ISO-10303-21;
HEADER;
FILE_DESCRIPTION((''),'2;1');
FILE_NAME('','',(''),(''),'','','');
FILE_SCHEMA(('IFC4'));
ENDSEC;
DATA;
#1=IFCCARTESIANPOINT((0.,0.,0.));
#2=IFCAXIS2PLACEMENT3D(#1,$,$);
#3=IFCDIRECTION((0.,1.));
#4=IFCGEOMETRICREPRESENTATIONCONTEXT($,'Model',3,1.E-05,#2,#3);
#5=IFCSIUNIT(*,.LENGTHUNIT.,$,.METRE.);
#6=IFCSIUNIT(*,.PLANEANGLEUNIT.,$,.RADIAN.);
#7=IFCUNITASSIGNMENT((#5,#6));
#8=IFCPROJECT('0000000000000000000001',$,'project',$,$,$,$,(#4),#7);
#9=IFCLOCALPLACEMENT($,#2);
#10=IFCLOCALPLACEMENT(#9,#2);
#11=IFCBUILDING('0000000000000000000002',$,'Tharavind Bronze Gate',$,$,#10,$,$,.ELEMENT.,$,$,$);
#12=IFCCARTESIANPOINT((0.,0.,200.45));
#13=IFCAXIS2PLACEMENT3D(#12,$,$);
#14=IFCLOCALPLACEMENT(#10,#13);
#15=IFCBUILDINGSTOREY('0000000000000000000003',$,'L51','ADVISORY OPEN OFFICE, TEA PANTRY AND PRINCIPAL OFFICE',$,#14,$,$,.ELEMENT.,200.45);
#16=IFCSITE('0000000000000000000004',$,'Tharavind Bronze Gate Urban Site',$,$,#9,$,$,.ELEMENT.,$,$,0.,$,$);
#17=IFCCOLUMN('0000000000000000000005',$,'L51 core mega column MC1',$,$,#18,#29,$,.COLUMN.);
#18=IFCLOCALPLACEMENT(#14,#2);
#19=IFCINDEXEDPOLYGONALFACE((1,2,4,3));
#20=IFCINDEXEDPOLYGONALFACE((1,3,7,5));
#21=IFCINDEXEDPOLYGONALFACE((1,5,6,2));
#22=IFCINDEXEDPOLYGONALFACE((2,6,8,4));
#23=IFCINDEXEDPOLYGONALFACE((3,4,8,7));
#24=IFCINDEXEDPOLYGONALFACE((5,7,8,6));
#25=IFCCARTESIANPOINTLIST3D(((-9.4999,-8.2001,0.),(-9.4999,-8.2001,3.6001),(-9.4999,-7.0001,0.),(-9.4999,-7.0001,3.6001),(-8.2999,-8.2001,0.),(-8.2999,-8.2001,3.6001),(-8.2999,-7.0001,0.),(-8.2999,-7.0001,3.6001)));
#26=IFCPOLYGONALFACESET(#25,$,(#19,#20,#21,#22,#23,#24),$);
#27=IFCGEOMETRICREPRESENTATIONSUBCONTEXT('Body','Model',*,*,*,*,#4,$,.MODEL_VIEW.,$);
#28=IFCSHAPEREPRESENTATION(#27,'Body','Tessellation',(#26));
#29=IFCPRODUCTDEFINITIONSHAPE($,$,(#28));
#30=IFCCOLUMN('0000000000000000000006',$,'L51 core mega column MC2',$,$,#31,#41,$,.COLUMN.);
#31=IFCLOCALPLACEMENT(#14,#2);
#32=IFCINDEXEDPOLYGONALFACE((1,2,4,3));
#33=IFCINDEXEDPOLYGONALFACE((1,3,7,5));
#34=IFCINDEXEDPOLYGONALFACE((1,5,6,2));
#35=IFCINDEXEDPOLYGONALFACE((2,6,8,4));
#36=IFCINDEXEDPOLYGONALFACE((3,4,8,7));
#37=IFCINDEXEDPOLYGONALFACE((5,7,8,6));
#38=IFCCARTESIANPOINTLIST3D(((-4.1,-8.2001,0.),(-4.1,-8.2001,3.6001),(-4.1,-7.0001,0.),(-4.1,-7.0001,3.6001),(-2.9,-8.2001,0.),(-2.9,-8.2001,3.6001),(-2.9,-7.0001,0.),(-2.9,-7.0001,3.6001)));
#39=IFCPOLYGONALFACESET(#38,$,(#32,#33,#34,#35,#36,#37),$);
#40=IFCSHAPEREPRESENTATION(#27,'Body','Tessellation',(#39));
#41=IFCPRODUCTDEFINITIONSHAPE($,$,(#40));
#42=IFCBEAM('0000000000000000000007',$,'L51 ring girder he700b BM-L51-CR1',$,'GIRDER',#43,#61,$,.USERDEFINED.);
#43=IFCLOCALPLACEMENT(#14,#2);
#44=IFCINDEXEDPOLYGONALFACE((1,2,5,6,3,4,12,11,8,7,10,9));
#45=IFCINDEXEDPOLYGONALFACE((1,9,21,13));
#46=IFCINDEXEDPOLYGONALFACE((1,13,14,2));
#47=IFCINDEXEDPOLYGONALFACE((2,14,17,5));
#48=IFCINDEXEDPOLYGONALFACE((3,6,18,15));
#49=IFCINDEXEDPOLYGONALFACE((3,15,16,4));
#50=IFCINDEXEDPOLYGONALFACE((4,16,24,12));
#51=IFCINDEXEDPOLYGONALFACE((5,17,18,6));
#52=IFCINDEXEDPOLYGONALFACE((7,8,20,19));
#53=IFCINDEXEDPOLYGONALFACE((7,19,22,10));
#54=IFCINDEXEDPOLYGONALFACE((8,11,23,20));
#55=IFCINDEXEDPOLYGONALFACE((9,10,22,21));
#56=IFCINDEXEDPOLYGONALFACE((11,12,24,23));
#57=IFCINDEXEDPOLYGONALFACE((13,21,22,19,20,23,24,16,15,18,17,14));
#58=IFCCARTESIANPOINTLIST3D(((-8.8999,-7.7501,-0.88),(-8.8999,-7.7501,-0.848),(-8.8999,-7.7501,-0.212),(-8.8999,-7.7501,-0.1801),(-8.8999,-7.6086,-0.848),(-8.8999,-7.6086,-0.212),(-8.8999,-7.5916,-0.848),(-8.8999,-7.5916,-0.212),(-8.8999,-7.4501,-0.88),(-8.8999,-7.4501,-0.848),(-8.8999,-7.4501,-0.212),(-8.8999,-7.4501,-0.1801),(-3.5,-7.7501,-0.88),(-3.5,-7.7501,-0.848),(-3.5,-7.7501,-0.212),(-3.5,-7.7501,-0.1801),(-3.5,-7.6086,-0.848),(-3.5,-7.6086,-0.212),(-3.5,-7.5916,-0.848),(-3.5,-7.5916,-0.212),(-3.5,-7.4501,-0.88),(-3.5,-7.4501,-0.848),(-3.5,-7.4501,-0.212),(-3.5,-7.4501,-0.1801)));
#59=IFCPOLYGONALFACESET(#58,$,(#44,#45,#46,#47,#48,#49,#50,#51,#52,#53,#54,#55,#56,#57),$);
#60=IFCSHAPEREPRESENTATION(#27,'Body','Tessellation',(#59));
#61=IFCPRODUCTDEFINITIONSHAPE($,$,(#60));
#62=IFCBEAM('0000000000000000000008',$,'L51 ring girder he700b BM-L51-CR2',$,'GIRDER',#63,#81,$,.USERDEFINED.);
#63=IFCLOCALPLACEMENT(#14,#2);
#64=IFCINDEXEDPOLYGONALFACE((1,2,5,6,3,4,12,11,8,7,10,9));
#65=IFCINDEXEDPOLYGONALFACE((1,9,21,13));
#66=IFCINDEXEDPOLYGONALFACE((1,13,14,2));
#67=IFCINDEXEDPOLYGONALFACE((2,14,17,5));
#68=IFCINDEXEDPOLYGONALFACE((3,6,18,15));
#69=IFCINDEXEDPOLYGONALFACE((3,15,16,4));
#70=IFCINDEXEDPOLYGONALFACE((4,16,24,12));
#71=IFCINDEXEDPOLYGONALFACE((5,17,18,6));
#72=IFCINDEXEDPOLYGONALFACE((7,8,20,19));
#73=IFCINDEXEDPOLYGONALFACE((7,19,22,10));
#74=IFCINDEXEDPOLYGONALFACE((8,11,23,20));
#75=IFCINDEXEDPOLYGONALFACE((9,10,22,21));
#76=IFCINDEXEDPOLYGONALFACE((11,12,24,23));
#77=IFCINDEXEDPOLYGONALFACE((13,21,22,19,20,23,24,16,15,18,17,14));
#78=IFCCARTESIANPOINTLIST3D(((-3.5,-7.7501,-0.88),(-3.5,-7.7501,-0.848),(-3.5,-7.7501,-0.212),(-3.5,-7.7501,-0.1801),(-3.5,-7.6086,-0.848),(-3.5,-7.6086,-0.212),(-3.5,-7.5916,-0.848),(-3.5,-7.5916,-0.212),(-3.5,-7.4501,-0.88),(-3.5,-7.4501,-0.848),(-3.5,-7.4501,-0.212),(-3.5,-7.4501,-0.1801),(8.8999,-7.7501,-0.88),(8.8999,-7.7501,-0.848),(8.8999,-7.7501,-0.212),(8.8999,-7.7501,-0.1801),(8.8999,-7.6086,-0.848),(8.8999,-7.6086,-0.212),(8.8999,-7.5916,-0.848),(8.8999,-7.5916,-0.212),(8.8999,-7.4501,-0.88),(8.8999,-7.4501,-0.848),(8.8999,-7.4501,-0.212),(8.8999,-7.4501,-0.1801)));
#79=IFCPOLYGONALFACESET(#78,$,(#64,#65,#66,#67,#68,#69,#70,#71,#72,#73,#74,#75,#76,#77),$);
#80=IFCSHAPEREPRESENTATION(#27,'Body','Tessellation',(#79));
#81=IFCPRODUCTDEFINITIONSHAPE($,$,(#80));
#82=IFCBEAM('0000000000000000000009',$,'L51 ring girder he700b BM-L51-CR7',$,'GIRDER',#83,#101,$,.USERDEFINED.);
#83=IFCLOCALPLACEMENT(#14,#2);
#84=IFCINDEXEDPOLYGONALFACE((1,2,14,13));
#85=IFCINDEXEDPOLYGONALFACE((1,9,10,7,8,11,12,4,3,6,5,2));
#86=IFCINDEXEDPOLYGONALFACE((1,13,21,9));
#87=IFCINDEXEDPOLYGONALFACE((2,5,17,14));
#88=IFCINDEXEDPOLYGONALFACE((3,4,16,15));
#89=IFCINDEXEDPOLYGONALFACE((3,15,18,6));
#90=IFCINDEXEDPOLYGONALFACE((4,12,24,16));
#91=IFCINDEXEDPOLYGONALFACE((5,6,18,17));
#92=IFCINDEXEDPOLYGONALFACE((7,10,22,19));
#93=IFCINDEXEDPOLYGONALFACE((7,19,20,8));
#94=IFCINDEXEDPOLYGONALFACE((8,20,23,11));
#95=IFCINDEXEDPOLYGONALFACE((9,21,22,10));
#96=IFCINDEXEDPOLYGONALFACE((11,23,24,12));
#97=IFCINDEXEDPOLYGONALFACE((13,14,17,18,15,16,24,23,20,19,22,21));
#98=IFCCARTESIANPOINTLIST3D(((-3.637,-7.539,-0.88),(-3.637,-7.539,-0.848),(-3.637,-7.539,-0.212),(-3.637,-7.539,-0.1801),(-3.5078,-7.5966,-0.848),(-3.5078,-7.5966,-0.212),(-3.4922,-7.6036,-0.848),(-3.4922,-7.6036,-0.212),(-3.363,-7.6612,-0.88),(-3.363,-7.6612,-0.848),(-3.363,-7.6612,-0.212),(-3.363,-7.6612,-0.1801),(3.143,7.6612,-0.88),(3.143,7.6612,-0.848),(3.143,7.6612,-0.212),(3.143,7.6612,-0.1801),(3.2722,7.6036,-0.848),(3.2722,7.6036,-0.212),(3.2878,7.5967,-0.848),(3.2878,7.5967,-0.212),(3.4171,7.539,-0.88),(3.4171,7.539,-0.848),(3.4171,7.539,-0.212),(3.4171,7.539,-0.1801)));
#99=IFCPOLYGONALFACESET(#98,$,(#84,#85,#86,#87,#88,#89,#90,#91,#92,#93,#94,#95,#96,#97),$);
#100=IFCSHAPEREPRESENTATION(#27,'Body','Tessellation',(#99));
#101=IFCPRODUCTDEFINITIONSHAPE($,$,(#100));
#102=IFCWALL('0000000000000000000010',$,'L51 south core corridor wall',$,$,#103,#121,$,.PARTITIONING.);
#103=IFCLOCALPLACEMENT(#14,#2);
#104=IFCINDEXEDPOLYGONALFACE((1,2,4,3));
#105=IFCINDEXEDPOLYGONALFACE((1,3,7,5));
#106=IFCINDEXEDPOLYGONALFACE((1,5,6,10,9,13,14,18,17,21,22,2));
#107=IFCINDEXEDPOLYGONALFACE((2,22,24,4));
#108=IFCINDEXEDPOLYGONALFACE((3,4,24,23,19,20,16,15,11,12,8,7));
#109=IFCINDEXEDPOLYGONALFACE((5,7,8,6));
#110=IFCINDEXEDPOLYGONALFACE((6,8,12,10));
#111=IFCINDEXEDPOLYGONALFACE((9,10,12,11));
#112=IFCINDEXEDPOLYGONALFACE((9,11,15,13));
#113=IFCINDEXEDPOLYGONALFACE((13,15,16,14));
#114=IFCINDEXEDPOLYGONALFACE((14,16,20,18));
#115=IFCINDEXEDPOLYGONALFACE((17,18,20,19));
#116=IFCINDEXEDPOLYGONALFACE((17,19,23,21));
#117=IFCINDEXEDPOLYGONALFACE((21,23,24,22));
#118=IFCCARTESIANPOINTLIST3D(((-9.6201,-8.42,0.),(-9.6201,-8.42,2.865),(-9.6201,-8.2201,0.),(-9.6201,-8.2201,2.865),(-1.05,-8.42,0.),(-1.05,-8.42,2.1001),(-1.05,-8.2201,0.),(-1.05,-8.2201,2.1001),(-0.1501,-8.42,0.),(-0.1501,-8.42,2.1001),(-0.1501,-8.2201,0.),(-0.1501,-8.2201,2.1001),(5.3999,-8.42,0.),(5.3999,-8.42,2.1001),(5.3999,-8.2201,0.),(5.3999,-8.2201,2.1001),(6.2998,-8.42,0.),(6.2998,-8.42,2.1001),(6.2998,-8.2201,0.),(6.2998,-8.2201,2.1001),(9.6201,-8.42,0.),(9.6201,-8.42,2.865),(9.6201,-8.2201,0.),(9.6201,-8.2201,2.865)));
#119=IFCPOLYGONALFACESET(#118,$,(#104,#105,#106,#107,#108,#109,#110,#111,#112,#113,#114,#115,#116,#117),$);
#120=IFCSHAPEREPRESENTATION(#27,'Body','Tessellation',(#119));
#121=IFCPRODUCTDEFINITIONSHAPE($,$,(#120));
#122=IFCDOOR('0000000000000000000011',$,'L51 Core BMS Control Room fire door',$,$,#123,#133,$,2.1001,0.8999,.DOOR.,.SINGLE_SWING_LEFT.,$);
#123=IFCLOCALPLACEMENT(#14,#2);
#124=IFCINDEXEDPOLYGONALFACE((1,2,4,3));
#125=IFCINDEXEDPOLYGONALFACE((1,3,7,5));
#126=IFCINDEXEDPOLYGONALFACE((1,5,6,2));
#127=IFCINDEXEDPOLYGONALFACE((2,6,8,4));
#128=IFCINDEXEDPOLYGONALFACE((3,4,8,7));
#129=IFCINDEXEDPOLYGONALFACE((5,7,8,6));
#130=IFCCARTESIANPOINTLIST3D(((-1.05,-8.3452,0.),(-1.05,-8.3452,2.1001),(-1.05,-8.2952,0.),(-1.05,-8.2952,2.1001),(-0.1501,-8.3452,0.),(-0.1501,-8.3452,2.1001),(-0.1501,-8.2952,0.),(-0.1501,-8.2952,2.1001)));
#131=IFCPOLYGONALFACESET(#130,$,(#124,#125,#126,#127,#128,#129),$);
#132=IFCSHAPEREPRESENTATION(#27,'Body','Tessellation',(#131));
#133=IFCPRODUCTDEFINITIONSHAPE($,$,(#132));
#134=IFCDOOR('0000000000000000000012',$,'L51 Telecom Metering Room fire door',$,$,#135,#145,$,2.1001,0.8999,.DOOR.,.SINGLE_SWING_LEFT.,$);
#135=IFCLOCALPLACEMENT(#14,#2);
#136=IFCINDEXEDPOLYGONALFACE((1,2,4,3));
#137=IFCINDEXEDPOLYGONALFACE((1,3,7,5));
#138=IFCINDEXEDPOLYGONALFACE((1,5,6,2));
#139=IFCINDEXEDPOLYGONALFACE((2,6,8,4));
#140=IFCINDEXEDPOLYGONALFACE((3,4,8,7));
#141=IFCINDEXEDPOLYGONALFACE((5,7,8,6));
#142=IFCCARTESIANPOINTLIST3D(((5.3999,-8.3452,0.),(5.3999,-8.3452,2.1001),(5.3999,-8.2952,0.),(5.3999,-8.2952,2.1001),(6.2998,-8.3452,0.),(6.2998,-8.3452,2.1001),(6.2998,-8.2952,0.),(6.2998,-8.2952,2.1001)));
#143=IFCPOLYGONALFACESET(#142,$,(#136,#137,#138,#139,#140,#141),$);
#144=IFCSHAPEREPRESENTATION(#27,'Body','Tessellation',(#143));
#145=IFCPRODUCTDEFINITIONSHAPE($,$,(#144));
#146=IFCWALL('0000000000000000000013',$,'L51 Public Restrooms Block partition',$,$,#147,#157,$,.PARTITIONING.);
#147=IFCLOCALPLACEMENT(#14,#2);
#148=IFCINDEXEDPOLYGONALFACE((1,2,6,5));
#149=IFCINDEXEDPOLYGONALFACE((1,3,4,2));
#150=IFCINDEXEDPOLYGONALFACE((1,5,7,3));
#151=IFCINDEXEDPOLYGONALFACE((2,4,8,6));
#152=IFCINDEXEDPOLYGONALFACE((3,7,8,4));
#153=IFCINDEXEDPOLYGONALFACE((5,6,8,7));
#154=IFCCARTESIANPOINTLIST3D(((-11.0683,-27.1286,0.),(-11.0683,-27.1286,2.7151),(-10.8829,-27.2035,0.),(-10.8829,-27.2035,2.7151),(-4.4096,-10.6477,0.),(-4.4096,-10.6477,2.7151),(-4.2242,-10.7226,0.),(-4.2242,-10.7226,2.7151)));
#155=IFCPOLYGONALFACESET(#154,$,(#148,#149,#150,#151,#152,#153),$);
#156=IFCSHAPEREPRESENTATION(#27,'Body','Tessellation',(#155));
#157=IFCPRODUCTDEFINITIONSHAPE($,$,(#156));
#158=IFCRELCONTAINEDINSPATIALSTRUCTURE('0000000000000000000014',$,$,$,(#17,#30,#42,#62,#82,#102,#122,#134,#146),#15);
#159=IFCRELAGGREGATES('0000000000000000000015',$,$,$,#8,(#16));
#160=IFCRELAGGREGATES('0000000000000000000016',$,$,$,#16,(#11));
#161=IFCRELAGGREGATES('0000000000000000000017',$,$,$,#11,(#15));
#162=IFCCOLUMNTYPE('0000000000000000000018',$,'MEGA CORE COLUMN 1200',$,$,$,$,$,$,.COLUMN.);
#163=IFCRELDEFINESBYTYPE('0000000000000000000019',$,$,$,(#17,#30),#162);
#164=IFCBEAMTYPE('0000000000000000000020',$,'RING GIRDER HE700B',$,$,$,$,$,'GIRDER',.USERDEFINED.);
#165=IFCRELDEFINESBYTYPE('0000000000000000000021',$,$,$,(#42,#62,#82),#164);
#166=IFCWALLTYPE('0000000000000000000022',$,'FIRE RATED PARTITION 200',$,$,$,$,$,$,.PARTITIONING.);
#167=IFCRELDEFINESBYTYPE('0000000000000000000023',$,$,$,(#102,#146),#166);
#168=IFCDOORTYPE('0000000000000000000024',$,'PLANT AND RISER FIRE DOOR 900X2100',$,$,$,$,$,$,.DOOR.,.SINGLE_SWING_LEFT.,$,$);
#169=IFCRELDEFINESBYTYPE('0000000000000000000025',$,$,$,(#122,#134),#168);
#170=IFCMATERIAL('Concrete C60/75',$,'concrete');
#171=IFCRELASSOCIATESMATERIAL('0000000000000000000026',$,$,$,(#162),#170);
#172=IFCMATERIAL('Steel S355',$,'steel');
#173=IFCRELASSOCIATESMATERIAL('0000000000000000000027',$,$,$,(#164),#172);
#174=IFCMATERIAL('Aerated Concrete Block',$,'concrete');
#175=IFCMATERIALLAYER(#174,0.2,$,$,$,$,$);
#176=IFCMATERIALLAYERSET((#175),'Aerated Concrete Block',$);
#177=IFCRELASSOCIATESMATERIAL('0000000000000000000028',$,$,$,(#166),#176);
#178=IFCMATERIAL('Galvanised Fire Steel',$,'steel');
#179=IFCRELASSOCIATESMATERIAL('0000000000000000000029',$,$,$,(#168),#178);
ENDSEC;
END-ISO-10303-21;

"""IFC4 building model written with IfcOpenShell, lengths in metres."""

from ifc_helpers import new_model, si_unit, direction, frame, frame_2d, origin, origin_2d, place, context, subcontext, project, spatial, rectangle, i_section, extrude, material, layer, layer_set, material_profile, profile_set, type_object, element, fill, save


model = new_model("IFC4")

# Units and contexts
model_context = context("Model", 3, precision=1e-05, world=origin(), true_north=direction((0.0, 1.0)))
body_context = subcontext(model_context, "Body", "Model", "MODEL_VIEW")
ifc_project = project(units=[si_unit("LENGTHUNIT", "METRE"), si_unit("PLANEANGLEUNIT", "RADIAN")], contexts=[model_context])

# Site, building, storey
site_placement = place(None, origin())
site = spatial("IfcSite", under=ifc_project, at=site_placement, Name="Tharavind Bronze Gate Urban Site", CompositionType="ELEMENT", RefElevation=0.0)
building_placement = place(site_placement, origin())
building = spatial("IfcBuilding", under=site, at=building_placement, Name="Tharavind Bronze Gate", CompositionType="ELEMENT")
storey_placement = place(building_placement, frame((0.0, 0.0, 200.45)))
storey = spatial("IfcBuildingStorey", under=building, at=storey_placement, Name="L51", Description="ADVISORY OPEN OFFICE, TEA PANTRY AND PRINCIPAL OFFICE", CompositionType="ELEMENT", Elevation=200.45)

# Columns
ifc_material_1 = material(Name="Concrete C60/75", Category="concrete")
ifc_material_profile_1 = material_profile(ifc_material_1, rectangle(XDim=1.2, YDim=1.2, at=origin_2d()), Name="RCCOL1200")
ifc_profile_set_1 = profile_set([ifc_material_profile_1], Name="Concrete C60/75")
column_type = type_object("IfcColumnType", Name="MEGA CORE COLUMN 1200", PredefinedType="COLUMN", material=ifc_profile_set_1)
for number, where, z_axis, x_axis, name in (
    (1, (-8.8999, -7.6001, 0.0), (0.0, 0.0, 1.0), (1.0, 0.0, 0.0), "L51 core mega column MC1"),
    (2, (-3.5, -7.6001, 0.0), (0.0, 0.0, 1.0), (1.0, 0.0, 0.0), "L51 core mega column MC2"),
):
    element("IfcColumn", number, at=place(storey_placement, frame(where, z_axis=z_axis, x_axis=x_axis)), inside=storey, type_object=column_type, Name=name, PredefinedType="COLUMN", context=body_context, shape_type="SweptSolid", body=[
        extrude(rectangle(XDim=1.2, YDim=1.2, at=origin_2d()), origin(), (0.0, 0.0, 1.0), 3.6001),
    ])

# Beams
ifc_material_2 = material(Name="Steel S355", Category="steel")
ifc_material_profile_2 = material_profile(ifc_material_2, i_section(OverallWidth=0.3, OverallDepth=0.7, WebThickness=0.0171, FlangeThickness=0.032, at=origin_2d()), Name="HE700B")
ifc_profile_set_2 = profile_set([ifc_material_profile_2], Name="Steel S355")
beam_type = type_object("IfcBeamType", Name="RING GIRDER HE700B", ElementType="GIRDER", PredefinedType="USERDEFINED", material=ifc_profile_set_2)
beam_1_placement = place(storey_placement, frame((-8.8999, -7.6001, -0.53), z_axis=(1.0, 0.0, 0.0), x_axis=(0.0, 1.0, 0.0)))
element("IfcBeam", 3, at=beam_1_placement, inside=storey, type_object=beam_type, Name="L51 ring girder he700b BM-L51-CR1", ObjectType="GIRDER", PredefinedType="USERDEFINED", context=body_context, shape_type="SweptSolid", body=[
    extrude(i_section(OverallWidth=0.3, OverallDepth=0.7, WebThickness=0.0171, FlangeThickness=0.032, at=origin_2d()), origin(), (0.0, 0.0, 1.0), 5.3999),
])
beam_2_placement = place(storey_placement, frame((-3.5, -7.6001, -0.53), z_axis=(1.0, 0.0, 0.0), x_axis=(0.0, 1.0, 0.0)))
element("IfcBeam", 4, at=beam_2_placement, inside=storey, type_object=beam_type, Name="L51 ring girder he700b BM-L51-CR2", ObjectType="GIRDER", PredefinedType="USERDEFINED", context=body_context, shape_type="SweptSolid", body=[
    extrude(i_section(OverallWidth=0.3, OverallDepth=0.7, WebThickness=0.0171, FlangeThickness=0.032, at=origin_2d()), origin(), (0.0, 0.0, 1.0), 12.3999),
])
beam_3_placement = place(storey_placement, frame((-3.5, -7.6001, -0.53), z_axis=(0.407362, 0.913267, 0.0), x_axis=(-0.913267, 0.407362, 0.0)))
element("IfcBeam", 5, at=beam_3_placement, inside=storey, type_object=beam_type, Name="L51 ring girder he700b BM-L51-CR7", ObjectType="GIRDER", PredefinedType="USERDEFINED", context=body_context, shape_type="SweptSolid", body=[
    extrude(i_section(OverallWidth=0.3, OverallDepth=0.7, WebThickness=0.0171, FlangeThickness=0.032, at=origin_2d()), origin(), (0.0, 0.0, 1.0), 16.6438),
])

# Wall, openings, doors
ifc_material_3 = material(Name="Aerated Concrete Block", Category="concrete")
ifc_layer_1 = layer(ifc_material_3, 0.2)
ifc_layer_set_1 = layer_set([ifc_layer_1], Name="Aerated Concrete Block")
wall_type_1 = type_object("IfcWallType", Name="FIRE RATED PARTITION 200", PredefinedType="PARTITIONING", material=ifc_layer_set_1)
wall_1_placement = place(storey_placement, frame((-9.6201, -8.3201, 0.0), z_axis=(0.0, 0.0, 1.0), x_axis=(1.0, 0.0, 0.0)))
wall_1 = element("IfcWall", 6, at=wall_1_placement, inside=storey, type_object=wall_type_1, Name="L51 south core corridor wall", PredefinedType="PARTITIONING", context=body_context, shape_type="SweptSolid", body=[
    extrude(rectangle(XDim=19.2402, YDim=0.2, at=frame_2d((9.6201, 0.0))), origin(), (0.0, 0.0, 1.0), 2.865),
])
opening_1_placement = place(wall_1_placement, frame((8.5701, 0.0, 0.0)))
opening_1 = element("IfcOpeningElement", 7, at=opening_1_placement, cuts=wall_1, PredefinedType="OPENING", context=body_context, shape_type="SweptSolid", body=[
    extrude(rectangle(XDim=0.8999, YDim=2.1001, at=frame_2d((0.45, 1.05))), frame((0.0, 0.1101, 0.0), z_axis=(0.0, -1.0, 0.0), x_axis=(1.0, 0.0, 0.0)), (0.0, 0.0, 1.0), 0.22),
])
opening_2_placement = place(wall_1_placement, frame((15.02, 0.0, 0.0)))
opening_2 = element("IfcOpeningElement", 8, at=opening_2_placement, cuts=wall_1, PredefinedType="OPENING", context=body_context, shape_type="SweptSolid", body=[
    extrude(rectangle(XDim=0.8999, YDim=2.1001, at=frame_2d((0.45, 1.05))), frame((0.0, 0.1101, 0.0), z_axis=(0.0, -1.0, 0.0), x_axis=(1.0, 0.0, 0.0)), (0.0, 0.0, 1.0), 0.22),
])
ifc_material_4 = material(Name="Galvanised Fire Steel", Category="steel")
door_type_1 = type_object("IfcDoorType", Name="PLANT AND RISER FIRE DOOR 900X2100", OperationType="SINGLE_SWING_LEFT", PredefinedType="DOOR", material=ifc_material_4)
door_1_placement = place(opening_1_placement, origin())
door_1 = element("IfcDoor", 9, at=door_1_placement, inside=storey, type_object=door_type_1, Name="L51 Core BMS Control Room fire door", OperationType="SINGLE_SWING_LEFT", OverallHeight=2.1001, OverallWidth=0.8999, PredefinedType="DOOR", context=body_context, shape_type="SweptSolid", body=[
    extrude(rectangle(XDim=0.8999, YDim=2.1001, at=frame_2d((0.45, 1.05))), frame((0.0, 0.0249, 0.0), z_axis=(0.0, -1.0, 0.0), x_axis=(1.0, 0.0, 0.0)), (0.0, 0.0, 1.0), 0.05),
])
fill(opening_1, door_1)
door_2_placement = place(opening_2_placement, origin())
door_2 = element("IfcDoor", 10, at=door_2_placement, inside=storey, type_object=door_type_1, Name="L51 Telecom Metering Room fire door", OperationType="SINGLE_SWING_LEFT", OverallHeight=2.1001, OverallWidth=0.8999, PredefinedType="DOOR", context=body_context, shape_type="SweptSolid", body=[
    extrude(rectangle(XDim=0.8999, YDim=2.1001, at=frame_2d((0.45, 1.05))), frame((0.0, 0.0249, 0.0), z_axis=(0.0, -1.0, 0.0), x_axis=(1.0, 0.0, 0.0)), (0.0, 0.0, 1.0), 0.05),
])
fill(opening_2, door_2)

# Wall
wall_2_placement = place(storey_placement, frame((-4.3169, -10.6851, 0.0), z_axis=(0.0, 0.0, 1.0), x_axis=(-0.374604, -0.927185, 0.0)))
element("IfcWall", 11, at=wall_2_placement, inside=storey, type_object=wall_type_1, Name="L51 Public Restrooms Block partition", PredefinedType="PARTITIONING", context=body_context, shape_type="SweptSolid", body=[
    extrude(rectangle(XDim=17.7751, YDim=0.2, at=frame_2d((8.8877, 0.0))), origin(), (0.0, 0.0, 1.0), 2.7151),
])

save(model, "model.ifc")
